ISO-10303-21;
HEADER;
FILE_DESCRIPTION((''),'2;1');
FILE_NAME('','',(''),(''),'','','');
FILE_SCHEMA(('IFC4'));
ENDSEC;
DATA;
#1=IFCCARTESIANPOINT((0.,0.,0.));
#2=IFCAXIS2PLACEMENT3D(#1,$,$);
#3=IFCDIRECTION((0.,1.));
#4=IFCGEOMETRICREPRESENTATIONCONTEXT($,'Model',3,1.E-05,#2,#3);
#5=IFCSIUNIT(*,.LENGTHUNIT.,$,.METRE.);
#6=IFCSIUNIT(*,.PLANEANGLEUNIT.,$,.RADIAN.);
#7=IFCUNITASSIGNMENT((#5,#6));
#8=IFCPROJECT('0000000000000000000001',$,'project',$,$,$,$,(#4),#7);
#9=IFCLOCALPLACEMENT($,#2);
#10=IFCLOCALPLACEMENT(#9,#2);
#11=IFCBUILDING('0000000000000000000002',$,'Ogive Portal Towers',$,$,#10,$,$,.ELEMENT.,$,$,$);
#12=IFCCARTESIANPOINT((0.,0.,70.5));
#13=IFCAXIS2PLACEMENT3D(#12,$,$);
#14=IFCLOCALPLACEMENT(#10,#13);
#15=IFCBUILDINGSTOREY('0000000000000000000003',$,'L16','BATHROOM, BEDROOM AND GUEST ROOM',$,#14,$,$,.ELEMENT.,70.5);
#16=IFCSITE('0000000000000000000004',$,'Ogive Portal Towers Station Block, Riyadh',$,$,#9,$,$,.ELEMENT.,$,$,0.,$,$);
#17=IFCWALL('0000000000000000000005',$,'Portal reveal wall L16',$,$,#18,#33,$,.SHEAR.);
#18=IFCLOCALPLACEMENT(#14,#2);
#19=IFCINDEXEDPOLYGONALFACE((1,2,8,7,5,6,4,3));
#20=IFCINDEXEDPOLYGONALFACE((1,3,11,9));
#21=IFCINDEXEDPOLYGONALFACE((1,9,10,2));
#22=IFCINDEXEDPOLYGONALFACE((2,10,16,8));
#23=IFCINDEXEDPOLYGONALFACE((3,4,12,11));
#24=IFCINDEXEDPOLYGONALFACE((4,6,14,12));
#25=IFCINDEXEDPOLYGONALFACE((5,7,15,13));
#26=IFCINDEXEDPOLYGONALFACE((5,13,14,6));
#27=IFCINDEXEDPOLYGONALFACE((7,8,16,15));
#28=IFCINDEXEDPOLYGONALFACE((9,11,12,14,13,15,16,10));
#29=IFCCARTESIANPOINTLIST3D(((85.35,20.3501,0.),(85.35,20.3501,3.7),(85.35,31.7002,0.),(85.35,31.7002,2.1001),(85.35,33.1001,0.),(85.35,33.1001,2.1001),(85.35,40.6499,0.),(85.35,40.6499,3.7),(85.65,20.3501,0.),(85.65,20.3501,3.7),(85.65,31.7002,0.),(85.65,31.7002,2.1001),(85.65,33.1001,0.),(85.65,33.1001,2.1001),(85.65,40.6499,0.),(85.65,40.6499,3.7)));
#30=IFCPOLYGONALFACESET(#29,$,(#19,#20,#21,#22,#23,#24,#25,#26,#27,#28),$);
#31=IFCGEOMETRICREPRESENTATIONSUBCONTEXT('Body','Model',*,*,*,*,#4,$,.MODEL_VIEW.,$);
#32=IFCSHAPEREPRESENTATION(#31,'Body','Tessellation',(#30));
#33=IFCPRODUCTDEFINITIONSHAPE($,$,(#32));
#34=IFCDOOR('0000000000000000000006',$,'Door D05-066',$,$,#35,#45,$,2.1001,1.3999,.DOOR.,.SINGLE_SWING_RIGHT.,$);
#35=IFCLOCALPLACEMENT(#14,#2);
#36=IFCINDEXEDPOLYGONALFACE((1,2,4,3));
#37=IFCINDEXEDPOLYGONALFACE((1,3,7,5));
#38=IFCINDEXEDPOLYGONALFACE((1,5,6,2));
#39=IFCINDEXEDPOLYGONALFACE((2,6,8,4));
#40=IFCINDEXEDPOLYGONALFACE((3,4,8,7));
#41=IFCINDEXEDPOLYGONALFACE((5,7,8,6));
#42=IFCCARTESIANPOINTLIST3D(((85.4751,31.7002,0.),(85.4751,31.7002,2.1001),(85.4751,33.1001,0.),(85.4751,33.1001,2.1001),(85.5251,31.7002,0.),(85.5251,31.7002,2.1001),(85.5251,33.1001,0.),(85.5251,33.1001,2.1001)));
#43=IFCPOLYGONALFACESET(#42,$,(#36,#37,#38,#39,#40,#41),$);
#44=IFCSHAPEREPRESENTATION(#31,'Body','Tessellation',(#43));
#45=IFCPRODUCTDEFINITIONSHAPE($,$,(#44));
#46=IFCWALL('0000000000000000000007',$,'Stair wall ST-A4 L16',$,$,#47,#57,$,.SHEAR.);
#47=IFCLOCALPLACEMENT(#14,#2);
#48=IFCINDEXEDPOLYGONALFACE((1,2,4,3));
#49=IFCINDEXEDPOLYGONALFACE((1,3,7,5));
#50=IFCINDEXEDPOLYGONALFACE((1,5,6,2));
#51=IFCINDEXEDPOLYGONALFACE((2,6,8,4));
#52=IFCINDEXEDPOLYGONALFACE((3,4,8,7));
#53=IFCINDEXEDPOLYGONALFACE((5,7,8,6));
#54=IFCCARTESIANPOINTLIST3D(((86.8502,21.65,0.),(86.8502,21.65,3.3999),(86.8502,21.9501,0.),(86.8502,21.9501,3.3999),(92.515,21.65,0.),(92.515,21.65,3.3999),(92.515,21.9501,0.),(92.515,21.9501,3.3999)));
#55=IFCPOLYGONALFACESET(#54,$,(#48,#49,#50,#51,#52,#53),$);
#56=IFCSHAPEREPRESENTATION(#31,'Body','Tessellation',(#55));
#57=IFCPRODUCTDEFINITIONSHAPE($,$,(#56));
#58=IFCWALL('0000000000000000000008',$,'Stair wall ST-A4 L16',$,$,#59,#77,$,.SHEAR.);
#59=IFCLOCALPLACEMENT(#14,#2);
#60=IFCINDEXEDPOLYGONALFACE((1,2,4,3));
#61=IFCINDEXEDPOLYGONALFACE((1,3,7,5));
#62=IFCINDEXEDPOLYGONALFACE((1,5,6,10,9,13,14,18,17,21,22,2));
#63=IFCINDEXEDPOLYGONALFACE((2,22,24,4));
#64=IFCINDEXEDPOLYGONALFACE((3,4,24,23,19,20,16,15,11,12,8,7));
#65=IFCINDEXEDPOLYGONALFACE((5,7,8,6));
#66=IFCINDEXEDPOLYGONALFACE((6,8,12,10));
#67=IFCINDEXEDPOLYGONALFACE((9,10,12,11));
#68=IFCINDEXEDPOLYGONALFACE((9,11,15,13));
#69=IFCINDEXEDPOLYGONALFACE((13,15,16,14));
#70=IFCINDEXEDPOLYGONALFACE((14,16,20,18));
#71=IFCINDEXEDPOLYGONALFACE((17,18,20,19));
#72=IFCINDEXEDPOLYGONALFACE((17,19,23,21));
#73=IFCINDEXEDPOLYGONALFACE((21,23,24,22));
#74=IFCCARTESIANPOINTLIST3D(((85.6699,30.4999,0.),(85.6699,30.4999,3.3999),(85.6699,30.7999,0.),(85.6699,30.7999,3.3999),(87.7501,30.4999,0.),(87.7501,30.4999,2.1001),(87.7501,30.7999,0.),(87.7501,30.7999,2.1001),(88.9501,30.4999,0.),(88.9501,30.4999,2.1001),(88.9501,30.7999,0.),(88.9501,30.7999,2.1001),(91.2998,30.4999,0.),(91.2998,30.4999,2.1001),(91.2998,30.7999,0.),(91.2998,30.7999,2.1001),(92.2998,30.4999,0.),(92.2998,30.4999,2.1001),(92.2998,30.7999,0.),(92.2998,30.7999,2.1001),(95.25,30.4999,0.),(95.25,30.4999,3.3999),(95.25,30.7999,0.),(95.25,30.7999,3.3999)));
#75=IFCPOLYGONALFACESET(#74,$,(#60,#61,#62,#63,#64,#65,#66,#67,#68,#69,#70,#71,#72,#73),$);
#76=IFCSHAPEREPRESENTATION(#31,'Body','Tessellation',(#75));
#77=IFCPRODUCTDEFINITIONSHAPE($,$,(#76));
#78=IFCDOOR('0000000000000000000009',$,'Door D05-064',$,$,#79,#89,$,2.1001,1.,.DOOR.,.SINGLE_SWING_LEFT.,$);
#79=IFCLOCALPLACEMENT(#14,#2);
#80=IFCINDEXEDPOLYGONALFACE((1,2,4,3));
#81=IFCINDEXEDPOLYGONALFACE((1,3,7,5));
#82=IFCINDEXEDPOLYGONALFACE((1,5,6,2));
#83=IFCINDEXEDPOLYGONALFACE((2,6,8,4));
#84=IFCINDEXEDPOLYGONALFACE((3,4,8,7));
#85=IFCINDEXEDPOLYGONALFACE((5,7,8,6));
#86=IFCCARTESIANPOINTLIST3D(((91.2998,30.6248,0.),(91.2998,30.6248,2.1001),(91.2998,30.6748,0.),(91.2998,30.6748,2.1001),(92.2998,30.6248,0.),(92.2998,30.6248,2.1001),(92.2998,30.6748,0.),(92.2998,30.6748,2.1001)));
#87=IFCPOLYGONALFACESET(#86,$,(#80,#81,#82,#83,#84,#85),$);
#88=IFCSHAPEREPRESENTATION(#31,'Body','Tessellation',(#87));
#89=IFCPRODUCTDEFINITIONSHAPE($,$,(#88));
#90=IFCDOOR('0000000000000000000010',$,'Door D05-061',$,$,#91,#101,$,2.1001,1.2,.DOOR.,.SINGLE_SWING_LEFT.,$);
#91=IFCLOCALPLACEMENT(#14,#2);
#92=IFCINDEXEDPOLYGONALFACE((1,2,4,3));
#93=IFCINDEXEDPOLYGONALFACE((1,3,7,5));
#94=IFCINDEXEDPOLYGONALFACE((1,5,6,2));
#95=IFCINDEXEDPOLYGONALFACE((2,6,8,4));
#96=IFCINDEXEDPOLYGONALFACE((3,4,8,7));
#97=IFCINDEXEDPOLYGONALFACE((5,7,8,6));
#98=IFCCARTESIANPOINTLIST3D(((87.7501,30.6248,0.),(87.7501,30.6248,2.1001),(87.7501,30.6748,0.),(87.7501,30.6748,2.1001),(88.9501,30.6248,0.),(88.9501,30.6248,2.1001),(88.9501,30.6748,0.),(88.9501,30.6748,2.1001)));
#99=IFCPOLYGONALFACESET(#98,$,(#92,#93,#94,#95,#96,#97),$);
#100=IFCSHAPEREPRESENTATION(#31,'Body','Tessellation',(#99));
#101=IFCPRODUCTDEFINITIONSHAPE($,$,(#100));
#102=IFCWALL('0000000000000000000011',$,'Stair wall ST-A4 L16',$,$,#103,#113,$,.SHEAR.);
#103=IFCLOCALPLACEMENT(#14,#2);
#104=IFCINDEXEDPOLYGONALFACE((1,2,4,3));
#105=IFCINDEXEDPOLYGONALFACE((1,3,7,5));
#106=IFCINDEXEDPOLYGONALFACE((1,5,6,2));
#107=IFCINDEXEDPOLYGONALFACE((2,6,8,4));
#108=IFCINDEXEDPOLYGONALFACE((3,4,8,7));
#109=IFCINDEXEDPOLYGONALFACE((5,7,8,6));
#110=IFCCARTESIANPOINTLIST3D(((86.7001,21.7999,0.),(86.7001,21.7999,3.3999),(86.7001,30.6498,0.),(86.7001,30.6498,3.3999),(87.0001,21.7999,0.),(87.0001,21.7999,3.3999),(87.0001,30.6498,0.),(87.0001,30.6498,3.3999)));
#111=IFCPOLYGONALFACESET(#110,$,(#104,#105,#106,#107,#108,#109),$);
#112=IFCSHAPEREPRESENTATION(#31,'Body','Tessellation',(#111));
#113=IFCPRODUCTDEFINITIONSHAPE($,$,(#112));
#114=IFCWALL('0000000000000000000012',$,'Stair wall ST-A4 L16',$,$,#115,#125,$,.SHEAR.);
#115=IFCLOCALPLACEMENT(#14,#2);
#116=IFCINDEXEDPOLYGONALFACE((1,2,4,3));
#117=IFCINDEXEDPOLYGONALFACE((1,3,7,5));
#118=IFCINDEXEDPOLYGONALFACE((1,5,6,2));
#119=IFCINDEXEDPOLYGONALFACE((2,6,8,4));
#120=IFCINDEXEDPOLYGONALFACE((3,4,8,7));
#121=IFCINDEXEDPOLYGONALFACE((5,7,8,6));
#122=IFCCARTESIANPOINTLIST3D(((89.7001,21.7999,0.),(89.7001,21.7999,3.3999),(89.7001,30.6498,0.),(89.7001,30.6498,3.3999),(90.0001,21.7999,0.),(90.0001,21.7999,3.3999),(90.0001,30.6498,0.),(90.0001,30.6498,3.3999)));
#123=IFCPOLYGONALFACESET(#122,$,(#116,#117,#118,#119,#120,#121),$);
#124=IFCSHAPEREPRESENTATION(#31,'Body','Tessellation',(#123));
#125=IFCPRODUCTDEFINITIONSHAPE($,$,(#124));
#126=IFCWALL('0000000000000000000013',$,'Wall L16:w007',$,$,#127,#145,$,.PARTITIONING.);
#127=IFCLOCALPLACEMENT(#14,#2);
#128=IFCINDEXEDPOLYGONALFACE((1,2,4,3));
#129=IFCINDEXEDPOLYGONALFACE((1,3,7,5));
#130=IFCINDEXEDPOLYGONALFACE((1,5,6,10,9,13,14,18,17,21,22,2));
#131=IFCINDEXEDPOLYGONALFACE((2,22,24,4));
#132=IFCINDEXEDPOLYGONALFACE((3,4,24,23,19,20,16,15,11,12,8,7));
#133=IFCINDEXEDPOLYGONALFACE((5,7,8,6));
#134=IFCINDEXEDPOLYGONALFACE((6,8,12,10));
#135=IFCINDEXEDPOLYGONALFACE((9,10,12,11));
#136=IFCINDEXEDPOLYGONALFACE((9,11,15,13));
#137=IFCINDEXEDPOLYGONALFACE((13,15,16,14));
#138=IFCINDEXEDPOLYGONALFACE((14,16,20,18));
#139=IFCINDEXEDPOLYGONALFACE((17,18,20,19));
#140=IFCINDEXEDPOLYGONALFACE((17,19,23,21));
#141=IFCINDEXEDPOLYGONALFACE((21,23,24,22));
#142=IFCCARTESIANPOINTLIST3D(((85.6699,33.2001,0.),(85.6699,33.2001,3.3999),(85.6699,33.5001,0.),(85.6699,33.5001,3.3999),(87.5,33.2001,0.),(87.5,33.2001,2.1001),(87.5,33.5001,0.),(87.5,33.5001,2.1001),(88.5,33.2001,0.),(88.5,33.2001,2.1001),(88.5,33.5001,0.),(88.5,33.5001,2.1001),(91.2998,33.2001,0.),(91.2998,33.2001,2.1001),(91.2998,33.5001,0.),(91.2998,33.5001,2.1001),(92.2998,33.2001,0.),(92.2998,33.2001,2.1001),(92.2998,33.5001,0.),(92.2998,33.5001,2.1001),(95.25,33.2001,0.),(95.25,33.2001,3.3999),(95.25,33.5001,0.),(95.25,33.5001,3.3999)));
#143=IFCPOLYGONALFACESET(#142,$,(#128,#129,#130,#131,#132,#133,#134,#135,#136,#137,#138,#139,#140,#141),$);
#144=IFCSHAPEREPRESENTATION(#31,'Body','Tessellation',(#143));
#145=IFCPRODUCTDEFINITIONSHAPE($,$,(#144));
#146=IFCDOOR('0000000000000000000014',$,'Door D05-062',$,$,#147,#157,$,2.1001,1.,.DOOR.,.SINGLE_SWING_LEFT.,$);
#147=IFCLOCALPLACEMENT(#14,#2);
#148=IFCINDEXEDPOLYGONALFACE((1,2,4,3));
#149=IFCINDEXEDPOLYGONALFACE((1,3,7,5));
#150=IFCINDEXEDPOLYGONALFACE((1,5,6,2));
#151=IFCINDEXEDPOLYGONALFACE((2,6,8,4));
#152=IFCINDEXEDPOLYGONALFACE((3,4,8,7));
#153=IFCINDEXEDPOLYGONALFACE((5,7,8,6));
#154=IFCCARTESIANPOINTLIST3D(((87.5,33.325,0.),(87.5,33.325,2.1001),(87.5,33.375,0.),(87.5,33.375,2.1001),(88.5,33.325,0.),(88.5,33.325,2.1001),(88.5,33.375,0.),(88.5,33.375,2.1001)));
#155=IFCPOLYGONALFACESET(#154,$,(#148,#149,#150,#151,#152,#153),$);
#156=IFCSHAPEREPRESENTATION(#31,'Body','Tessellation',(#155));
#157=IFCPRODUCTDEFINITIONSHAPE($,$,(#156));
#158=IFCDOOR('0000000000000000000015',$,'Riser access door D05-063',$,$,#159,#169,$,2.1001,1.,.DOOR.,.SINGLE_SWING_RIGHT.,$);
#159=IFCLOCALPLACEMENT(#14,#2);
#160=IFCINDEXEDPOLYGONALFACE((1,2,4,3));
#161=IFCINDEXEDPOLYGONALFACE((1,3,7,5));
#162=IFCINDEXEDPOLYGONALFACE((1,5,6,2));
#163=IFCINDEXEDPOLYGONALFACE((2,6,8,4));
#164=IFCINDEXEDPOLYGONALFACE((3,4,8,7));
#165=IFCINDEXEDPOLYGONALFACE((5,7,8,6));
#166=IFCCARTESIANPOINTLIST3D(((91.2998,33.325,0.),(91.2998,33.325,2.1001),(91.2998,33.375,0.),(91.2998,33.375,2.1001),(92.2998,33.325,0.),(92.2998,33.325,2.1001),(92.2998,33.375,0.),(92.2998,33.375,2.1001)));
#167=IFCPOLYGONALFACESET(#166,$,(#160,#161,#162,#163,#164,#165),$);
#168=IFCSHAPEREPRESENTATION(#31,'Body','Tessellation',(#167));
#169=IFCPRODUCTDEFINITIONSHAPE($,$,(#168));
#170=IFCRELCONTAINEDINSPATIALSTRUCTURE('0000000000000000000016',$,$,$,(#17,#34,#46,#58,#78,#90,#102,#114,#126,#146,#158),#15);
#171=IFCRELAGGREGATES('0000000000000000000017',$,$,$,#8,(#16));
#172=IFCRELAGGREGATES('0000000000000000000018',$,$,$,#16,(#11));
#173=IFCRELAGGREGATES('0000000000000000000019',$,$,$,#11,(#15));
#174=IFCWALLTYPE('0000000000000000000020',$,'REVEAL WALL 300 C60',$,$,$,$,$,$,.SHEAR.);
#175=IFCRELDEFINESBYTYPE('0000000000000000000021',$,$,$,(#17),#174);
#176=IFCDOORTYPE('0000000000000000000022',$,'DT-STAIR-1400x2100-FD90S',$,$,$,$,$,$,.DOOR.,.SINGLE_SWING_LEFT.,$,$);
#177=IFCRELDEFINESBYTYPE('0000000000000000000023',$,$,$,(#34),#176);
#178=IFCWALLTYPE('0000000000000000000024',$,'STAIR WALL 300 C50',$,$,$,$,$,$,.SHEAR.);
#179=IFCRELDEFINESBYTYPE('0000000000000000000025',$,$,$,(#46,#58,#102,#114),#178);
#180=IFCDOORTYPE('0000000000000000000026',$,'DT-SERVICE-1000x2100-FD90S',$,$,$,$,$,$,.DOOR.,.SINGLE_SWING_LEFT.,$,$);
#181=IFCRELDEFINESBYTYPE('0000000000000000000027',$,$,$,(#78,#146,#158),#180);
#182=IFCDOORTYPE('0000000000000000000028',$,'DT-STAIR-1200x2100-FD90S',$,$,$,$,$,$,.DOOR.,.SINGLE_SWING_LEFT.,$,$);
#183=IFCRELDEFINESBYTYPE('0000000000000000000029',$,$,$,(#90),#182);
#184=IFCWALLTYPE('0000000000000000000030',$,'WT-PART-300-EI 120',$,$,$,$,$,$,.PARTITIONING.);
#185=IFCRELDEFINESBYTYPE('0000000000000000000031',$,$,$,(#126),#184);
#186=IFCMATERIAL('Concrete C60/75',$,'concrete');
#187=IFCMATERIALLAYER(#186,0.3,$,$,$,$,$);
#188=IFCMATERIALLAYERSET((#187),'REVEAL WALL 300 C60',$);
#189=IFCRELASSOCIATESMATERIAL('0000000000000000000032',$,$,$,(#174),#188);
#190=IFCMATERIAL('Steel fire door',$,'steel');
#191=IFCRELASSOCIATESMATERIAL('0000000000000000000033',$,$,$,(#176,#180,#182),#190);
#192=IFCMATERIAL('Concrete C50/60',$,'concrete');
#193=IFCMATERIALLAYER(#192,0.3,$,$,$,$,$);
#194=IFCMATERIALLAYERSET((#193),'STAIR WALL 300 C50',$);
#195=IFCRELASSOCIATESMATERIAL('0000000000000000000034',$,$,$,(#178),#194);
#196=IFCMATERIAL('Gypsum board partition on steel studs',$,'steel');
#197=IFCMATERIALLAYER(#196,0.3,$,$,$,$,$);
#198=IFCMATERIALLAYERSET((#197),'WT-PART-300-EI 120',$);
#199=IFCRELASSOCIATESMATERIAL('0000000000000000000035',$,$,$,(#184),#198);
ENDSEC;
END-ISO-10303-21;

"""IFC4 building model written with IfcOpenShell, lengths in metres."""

from ifc_helpers import new_model, si_unit, direction, frame, frame_2d, origin, place, context, subcontext, project, spatial, rectangle, extrude, material, layer, layer_set, type_object, element, fill, save


model = new_model("IFC4")

# Units and contexts
model_context = context("Model", 3, precision=1e-05, world=origin(), true_north=direction((0.0, 1.0)))
body_context = subcontext(model_context, "Body", "Model", "MODEL_VIEW")
ifc_project = project(units=[si_unit("LENGTHUNIT", "METRE"), si_unit("PLANEANGLEUNIT", "RADIAN")], contexts=[model_context])

# Site, building, storey
site_placement = place(None, origin())
site = spatial("IfcSite", under=ifc_project, at=site_placement, Name="Ogive Portal Towers Station Block, Riyadh", CompositionType="ELEMENT", RefElevation=0.0)
building_placement = place(site_placement, origin())
building = spatial("IfcBuilding", under=site, at=building_placement, Name="Ogive Portal Towers", CompositionType="ELEMENT")
storey_placement = place(building_placement, frame((0.0, 0.0, 70.5)))
storey = spatial("IfcBuildingStorey", under=building, at=storey_placement, Name="L16", Description="BATHROOM, BEDROOM AND GUEST ROOM", CompositionType="ELEMENT", Elevation=70.5)

# Shared definitions
ifc_material_1 = material(Name="Concrete C60/75", Category="concrete")

# Wall, opening, door
ifc_layer_1 = layer(ifc_material_1, 0.3)
ifc_layer_set_1 = layer_set([ifc_layer_1], Name="REVEAL WALL 300 C60")
wall_type_1 = type_object("IfcWallType", Name="REVEAL WALL 300 C60", PredefinedType="SHEAR", material=ifc_layer_set_1)
wall_1_placement = place(storey_placement, frame((85.5, 20.3501, 0.0), z_axis=(0.0, 0.0, 1.0), x_axis=(0.0, 1.0, 0.0)))
wall_1 = element("IfcWall", 1, at=wall_1_placement, inside=storey, type_object=wall_type_1, Name="Portal reveal wall L16", PredefinedType="SHEAR", context=body_context, shape_type="SweptSolid", body=[
    extrude(rectangle(XDim=20.2998, YDim=0.3, at=frame_2d((10.1499, 0.0))), origin(), (0.0, 0.0, 1.0), 3.7),
])
opening_1_placement = place(wall_1_placement, frame((11.3501, 0.0, 0.0)))
opening_1 = element("IfcOpeningElement", 2, at=opening_1_placement, cuts=wall_1, PredefinedType="OPENING", context=body_context, shape_type="SweptSolid", body=[
    extrude(rectangle(XDim=1.3999, YDim=2.1001, at=frame_2d((0.7, 1.05))), frame((0.0, 0.1602, 0.0), z_axis=(0.0, -1.0, 0.0), x_axis=(1.0, 0.0, 0.0)), (0.0, 0.0, 1.0), 0.3201),
])
ifc_material_2 = material(Name="Steel fire door", Category="steel")
door_type_1 = type_object("IfcDoorType", Name="DT-STAIR-1400x2100-FD90S", OperationType="SINGLE_SWING_LEFT", PredefinedType="DOOR", material=ifc_material_2)
door_1_placement = place(opening_1_placement, origin())
door_1 = element("IfcDoor", 3, at=door_1_placement, inside=storey, type_object=door_type_1, Name="Door D05-066", OperationType="SINGLE_SWING_RIGHT", OverallHeight=2.1001, OverallWidth=1.3999, PredefinedType="DOOR", context=body_context, shape_type="SweptSolid", body=[
    extrude(rectangle(XDim=1.3999, YDim=2.1001, at=frame_2d((0.7, 1.05))), frame((0.0, 0.0249, 0.0), z_axis=(0.0, -1.0, 0.0), x_axis=(1.0, 0.0, 0.0)), (0.0, 0.0, 1.0), 0.05),
])
fill(opening_1, door_1)

# Wall
ifc_material_3 = material(Name="Concrete C50/60", Category="concrete")
ifc_layer_2 = layer(ifc_material_3, 0.3)
ifc_layer_set_2 = layer_set([ifc_layer_2], Name="STAIR WALL 300 C50")
wall_type_2 = type_object("IfcWallType", Name="STAIR WALL 300 C50", PredefinedType="SHEAR", material=ifc_layer_set_2)
wall_2_placement = place(storey_placement, frame((86.8501, 21.8, 0.0), z_axis=(0.0, 0.0, 1.0), x_axis=(1.0, 0.0, 0.0)))
element("IfcWall", 4, at=wall_2_placement, inside=storey, type_object=wall_type_2, Name="Stair wall ST-A4 L16", PredefinedType="SHEAR", context=body_context, shape_type="SweptSolid", body=[
    extrude(rectangle(XDim=5.6648, YDim=0.3, at=frame_2d((2.8325, 0.0))), origin(), (0.0, 0.0, 1.0), 3.3999),
])

# Wall, openings, doors
wall_3_placement = place(storey_placement, frame((85.6699, 30.6499, 0.0), z_axis=(0.0, 0.0, 1.0), x_axis=(1.0, 0.0, 0.0)))
wall_3 = element("IfcWall", 5, at=wall_3_placement, inside=storey, type_object=wall_type_2, Name="Stair wall ST-A4 L16", PredefinedType="SHEAR", context=body_context, shape_type="SweptSolid", body=[
    extrude(rectangle(XDim=9.5801, YDim=0.3, at=frame_2d((4.79, 0.0))), origin(), (0.0, 0.0, 1.0), 3.3999),
])
opening_2_placement = place(wall_3_placement, frame((2.0801, 0.0, 0.0)))
opening_2 = element("IfcOpeningElement", 6, at=opening_2_placement, cuts=wall_3, PredefinedType="OPENING", context=body_context, shape_type="SweptSolid", body=[
    extrude(rectangle(XDim=1.2, YDim=2.1001, at=frame_2d((0.6001, 1.05))), frame((0.0, 0.1602, 0.0), z_axis=(0.0, -1.0, 0.0), x_axis=(1.0, 0.0, 0.0)), (0.0, 0.0, 1.0), 0.3201),
])
opening_3_placement = place(wall_3_placement, frame((5.6299, 0.0, 0.0)))
opening_3 = element("IfcOpeningElement", 7, at=opening_3_placement, cuts=wall_3, PredefinedType="OPENING", context=body_context, shape_type="SweptSolid", body=[
    extrude(rectangle(XDim=1.0, YDim=2.1001, at=frame_2d((0.5, 1.05))), frame((0.0, 0.1602, 0.0), z_axis=(0.0, -1.0, 0.0), x_axis=(1.0, 0.0, 0.0)), (0.0, 0.0, 1.0), 0.3201),
])
door_type_2 = type_object("IfcDoorType", Name="DT-SERVICE-1000x2100-FD90S", OperationType="SINGLE_SWING_LEFT", PredefinedType="DOOR", material=ifc_material_2)
door_2_placement = place(opening_3_placement, origin())
door_2 = element("IfcDoor", 8, at=door_2_placement, inside=storey, type_object=door_type_2, Name="Door D05-064", OperationType="SINGLE_SWING_LEFT", OverallHeight=2.1001, OverallWidth=1.0, PredefinedType="DOOR", context=body_context, shape_type="SweptSolid", body=[
    extrude(rectangle(XDim=1.0, YDim=2.1001, at=frame_2d((0.5, 1.05))), frame((0.0, 0.0249, 0.0), z_axis=(0.0, -1.0, 0.0), x_axis=(1.0, 0.0, 0.0)), (0.0, 0.0, 1.0), 0.05),
])
fill(opening_3, door_2)
door_type_3 = type_object("IfcDoorType", Name="DT-STAIR-1200x2100-FD90S", OperationType="SINGLE_SWING_LEFT", PredefinedType="DOOR", material=ifc_material_2)
door_3_placement = place(opening_2_placement, origin())
door_3 = element("IfcDoor", 9, at=door_3_placement, inside=storey, type_object=door_type_3, Name="Door D05-061", OperationType="SINGLE_SWING_LEFT", OverallHeight=2.1001, OverallWidth=1.2, PredefinedType="DOOR", context=body_context, shape_type="SweptSolid", body=[
    extrude(rectangle(XDim=1.2, YDim=2.1001, at=frame_2d((0.6001, 1.05))), frame((0.0, 0.0249, 0.0), z_axis=(0.0, -1.0, 0.0), x_axis=(1.0, 0.0, 0.0)), (0.0, 0.0, 1.0), 0.05),
])
fill(opening_2, door_3)

# Walls
for number, where, z_axis, x_axis, name in (
    (10, (86.8501, 21.8, 0.0), (0.0, 0.0, 1.0), (0.0, 1.0, 0.0), "Stair wall ST-A4 L16"),
    (11, (89.8501, 21.8, 0.0), (0.0, 0.0, 1.0), (0.0, 1.0, 0.0), "Stair wall ST-A4 L16"),
):
    element("IfcWall", number, at=place(storey_placement, frame(where, z_axis=z_axis, x_axis=x_axis)), inside=storey, type_object=wall_type_2, Name=name, PredefinedType="SHEAR", context=body_context, shape_type="SweptSolid", body=[
        extrude(rectangle(XDim=8.8499, YDim=0.3, at=frame_2d((4.4248, 0.0))), origin(), (0.0, 0.0, 1.0), 3.3999),
    ])

# Wall, openings, doors
ifc_material_4 = material(Name="Gypsum board partition on steel studs", Category="steel")
ifc_layer_3 = layer(ifc_material_4, 0.3)
ifc_layer_set_3 = layer_set([ifc_layer_3], Name="WT-PART-300-EI 120")
wall_type_3 = type_object("IfcWallType", Name="WT-PART-300-EI 120", PredefinedType="PARTITIONING", material=ifc_layer_set_3)
wall_4_placement = place(storey_placement, frame((85.6699, 33.3501, 0.0), z_axis=(0.0, 0.0, 1.0), x_axis=(1.0, 0.0, 0.0)))
wall_4 = element("IfcWall", 12, at=wall_4_placement, inside=storey, type_object=wall_type_3, Name="Wall L16:w007", PredefinedType="PARTITIONING", context=body_context, shape_type="SweptSolid", body=[
    extrude(rectangle(XDim=9.5801, YDim=0.3, at=frame_2d((4.79, 0.0))), origin(), (0.0, 0.0, 1.0), 3.3999),
])
opening_4_placement = place(wall_4_placement, frame((1.8301, 0.0, 0.0)))
opening_4 = element("IfcOpeningElement", 13, at=opening_4_placement, cuts=wall_4, PredefinedType="OPENING", context=body_context, shape_type="SweptSolid", body=[
    extrude(rectangle(XDim=1.0, YDim=2.1001, at=frame_2d((0.5, 1.05))), frame((0.0, 0.1602, 0.0), z_axis=(0.0, -1.0, 0.0), x_axis=(1.0, 0.0, 0.0)), (0.0, 0.0, 1.0), 0.3201),
])
opening_5_placement = place(wall_4_placement, frame((5.6299, 0.0, 0.0)))
opening_5 = element("IfcOpeningElement", 14, at=opening_5_placement, cuts=wall_4, PredefinedType="OPENING", context=body_context, shape_type="SweptSolid", body=[
    extrude(rectangle(XDim=1.0, YDim=2.1001, at=frame_2d((0.5, 1.05))), frame((0.0, 0.1602, 0.0), z_axis=(0.0, -1.0, 0.0), x_axis=(1.0, 0.0, 0.0)), (0.0, 0.0, 1.0), 0.3201),
])
door_4_placement = place(opening_4_placement, origin())
door_4 = element("IfcDoor", 15, at=door_4_placement, inside=storey, type_object=door_type_2, Name="Door D05-062", OperationType="SINGLE_SWING_LEFT", OverallHeight=2.1001, OverallWidth=1.0, PredefinedType="DOOR", context=body_context, shape_type="SweptSolid", body=[
    extrude(rectangle(XDim=1.0, YDim=2.1001, at=frame_2d((0.5, 1.05))), frame((0.0, 0.0249, 0.0), z_axis=(0.0, -1.0, 0.0), x_axis=(1.0, 0.0, 0.0)), (0.0, 0.0, 1.0), 0.05),
])
fill(opening_4, door_4)
door_5_placement = place(opening_5_placement, origin())
door_5 = element("IfcDoor", 16, at=door_5_placement, inside=storey, type_object=door_type_2, Name="Riser access door D05-063", OperationType="SINGLE_SWING_RIGHT", OverallHeight=2.1001, OverallWidth=1.0, PredefinedType="DOOR", context=body_context, shape_type="SweptSolid", body=[
    extrude(rectangle(XDim=1.0, YDim=2.1001, at=frame_2d((0.5, 1.05))), frame((0.0, 0.0249, 0.0), z_axis=(0.0, -1.0, 0.0), x_axis=(1.0, 0.0, 0.0)), (0.0, 0.0, 1.0), 0.05),
])
fill(opening_5, door_5)

save(model, "model.ifc")
